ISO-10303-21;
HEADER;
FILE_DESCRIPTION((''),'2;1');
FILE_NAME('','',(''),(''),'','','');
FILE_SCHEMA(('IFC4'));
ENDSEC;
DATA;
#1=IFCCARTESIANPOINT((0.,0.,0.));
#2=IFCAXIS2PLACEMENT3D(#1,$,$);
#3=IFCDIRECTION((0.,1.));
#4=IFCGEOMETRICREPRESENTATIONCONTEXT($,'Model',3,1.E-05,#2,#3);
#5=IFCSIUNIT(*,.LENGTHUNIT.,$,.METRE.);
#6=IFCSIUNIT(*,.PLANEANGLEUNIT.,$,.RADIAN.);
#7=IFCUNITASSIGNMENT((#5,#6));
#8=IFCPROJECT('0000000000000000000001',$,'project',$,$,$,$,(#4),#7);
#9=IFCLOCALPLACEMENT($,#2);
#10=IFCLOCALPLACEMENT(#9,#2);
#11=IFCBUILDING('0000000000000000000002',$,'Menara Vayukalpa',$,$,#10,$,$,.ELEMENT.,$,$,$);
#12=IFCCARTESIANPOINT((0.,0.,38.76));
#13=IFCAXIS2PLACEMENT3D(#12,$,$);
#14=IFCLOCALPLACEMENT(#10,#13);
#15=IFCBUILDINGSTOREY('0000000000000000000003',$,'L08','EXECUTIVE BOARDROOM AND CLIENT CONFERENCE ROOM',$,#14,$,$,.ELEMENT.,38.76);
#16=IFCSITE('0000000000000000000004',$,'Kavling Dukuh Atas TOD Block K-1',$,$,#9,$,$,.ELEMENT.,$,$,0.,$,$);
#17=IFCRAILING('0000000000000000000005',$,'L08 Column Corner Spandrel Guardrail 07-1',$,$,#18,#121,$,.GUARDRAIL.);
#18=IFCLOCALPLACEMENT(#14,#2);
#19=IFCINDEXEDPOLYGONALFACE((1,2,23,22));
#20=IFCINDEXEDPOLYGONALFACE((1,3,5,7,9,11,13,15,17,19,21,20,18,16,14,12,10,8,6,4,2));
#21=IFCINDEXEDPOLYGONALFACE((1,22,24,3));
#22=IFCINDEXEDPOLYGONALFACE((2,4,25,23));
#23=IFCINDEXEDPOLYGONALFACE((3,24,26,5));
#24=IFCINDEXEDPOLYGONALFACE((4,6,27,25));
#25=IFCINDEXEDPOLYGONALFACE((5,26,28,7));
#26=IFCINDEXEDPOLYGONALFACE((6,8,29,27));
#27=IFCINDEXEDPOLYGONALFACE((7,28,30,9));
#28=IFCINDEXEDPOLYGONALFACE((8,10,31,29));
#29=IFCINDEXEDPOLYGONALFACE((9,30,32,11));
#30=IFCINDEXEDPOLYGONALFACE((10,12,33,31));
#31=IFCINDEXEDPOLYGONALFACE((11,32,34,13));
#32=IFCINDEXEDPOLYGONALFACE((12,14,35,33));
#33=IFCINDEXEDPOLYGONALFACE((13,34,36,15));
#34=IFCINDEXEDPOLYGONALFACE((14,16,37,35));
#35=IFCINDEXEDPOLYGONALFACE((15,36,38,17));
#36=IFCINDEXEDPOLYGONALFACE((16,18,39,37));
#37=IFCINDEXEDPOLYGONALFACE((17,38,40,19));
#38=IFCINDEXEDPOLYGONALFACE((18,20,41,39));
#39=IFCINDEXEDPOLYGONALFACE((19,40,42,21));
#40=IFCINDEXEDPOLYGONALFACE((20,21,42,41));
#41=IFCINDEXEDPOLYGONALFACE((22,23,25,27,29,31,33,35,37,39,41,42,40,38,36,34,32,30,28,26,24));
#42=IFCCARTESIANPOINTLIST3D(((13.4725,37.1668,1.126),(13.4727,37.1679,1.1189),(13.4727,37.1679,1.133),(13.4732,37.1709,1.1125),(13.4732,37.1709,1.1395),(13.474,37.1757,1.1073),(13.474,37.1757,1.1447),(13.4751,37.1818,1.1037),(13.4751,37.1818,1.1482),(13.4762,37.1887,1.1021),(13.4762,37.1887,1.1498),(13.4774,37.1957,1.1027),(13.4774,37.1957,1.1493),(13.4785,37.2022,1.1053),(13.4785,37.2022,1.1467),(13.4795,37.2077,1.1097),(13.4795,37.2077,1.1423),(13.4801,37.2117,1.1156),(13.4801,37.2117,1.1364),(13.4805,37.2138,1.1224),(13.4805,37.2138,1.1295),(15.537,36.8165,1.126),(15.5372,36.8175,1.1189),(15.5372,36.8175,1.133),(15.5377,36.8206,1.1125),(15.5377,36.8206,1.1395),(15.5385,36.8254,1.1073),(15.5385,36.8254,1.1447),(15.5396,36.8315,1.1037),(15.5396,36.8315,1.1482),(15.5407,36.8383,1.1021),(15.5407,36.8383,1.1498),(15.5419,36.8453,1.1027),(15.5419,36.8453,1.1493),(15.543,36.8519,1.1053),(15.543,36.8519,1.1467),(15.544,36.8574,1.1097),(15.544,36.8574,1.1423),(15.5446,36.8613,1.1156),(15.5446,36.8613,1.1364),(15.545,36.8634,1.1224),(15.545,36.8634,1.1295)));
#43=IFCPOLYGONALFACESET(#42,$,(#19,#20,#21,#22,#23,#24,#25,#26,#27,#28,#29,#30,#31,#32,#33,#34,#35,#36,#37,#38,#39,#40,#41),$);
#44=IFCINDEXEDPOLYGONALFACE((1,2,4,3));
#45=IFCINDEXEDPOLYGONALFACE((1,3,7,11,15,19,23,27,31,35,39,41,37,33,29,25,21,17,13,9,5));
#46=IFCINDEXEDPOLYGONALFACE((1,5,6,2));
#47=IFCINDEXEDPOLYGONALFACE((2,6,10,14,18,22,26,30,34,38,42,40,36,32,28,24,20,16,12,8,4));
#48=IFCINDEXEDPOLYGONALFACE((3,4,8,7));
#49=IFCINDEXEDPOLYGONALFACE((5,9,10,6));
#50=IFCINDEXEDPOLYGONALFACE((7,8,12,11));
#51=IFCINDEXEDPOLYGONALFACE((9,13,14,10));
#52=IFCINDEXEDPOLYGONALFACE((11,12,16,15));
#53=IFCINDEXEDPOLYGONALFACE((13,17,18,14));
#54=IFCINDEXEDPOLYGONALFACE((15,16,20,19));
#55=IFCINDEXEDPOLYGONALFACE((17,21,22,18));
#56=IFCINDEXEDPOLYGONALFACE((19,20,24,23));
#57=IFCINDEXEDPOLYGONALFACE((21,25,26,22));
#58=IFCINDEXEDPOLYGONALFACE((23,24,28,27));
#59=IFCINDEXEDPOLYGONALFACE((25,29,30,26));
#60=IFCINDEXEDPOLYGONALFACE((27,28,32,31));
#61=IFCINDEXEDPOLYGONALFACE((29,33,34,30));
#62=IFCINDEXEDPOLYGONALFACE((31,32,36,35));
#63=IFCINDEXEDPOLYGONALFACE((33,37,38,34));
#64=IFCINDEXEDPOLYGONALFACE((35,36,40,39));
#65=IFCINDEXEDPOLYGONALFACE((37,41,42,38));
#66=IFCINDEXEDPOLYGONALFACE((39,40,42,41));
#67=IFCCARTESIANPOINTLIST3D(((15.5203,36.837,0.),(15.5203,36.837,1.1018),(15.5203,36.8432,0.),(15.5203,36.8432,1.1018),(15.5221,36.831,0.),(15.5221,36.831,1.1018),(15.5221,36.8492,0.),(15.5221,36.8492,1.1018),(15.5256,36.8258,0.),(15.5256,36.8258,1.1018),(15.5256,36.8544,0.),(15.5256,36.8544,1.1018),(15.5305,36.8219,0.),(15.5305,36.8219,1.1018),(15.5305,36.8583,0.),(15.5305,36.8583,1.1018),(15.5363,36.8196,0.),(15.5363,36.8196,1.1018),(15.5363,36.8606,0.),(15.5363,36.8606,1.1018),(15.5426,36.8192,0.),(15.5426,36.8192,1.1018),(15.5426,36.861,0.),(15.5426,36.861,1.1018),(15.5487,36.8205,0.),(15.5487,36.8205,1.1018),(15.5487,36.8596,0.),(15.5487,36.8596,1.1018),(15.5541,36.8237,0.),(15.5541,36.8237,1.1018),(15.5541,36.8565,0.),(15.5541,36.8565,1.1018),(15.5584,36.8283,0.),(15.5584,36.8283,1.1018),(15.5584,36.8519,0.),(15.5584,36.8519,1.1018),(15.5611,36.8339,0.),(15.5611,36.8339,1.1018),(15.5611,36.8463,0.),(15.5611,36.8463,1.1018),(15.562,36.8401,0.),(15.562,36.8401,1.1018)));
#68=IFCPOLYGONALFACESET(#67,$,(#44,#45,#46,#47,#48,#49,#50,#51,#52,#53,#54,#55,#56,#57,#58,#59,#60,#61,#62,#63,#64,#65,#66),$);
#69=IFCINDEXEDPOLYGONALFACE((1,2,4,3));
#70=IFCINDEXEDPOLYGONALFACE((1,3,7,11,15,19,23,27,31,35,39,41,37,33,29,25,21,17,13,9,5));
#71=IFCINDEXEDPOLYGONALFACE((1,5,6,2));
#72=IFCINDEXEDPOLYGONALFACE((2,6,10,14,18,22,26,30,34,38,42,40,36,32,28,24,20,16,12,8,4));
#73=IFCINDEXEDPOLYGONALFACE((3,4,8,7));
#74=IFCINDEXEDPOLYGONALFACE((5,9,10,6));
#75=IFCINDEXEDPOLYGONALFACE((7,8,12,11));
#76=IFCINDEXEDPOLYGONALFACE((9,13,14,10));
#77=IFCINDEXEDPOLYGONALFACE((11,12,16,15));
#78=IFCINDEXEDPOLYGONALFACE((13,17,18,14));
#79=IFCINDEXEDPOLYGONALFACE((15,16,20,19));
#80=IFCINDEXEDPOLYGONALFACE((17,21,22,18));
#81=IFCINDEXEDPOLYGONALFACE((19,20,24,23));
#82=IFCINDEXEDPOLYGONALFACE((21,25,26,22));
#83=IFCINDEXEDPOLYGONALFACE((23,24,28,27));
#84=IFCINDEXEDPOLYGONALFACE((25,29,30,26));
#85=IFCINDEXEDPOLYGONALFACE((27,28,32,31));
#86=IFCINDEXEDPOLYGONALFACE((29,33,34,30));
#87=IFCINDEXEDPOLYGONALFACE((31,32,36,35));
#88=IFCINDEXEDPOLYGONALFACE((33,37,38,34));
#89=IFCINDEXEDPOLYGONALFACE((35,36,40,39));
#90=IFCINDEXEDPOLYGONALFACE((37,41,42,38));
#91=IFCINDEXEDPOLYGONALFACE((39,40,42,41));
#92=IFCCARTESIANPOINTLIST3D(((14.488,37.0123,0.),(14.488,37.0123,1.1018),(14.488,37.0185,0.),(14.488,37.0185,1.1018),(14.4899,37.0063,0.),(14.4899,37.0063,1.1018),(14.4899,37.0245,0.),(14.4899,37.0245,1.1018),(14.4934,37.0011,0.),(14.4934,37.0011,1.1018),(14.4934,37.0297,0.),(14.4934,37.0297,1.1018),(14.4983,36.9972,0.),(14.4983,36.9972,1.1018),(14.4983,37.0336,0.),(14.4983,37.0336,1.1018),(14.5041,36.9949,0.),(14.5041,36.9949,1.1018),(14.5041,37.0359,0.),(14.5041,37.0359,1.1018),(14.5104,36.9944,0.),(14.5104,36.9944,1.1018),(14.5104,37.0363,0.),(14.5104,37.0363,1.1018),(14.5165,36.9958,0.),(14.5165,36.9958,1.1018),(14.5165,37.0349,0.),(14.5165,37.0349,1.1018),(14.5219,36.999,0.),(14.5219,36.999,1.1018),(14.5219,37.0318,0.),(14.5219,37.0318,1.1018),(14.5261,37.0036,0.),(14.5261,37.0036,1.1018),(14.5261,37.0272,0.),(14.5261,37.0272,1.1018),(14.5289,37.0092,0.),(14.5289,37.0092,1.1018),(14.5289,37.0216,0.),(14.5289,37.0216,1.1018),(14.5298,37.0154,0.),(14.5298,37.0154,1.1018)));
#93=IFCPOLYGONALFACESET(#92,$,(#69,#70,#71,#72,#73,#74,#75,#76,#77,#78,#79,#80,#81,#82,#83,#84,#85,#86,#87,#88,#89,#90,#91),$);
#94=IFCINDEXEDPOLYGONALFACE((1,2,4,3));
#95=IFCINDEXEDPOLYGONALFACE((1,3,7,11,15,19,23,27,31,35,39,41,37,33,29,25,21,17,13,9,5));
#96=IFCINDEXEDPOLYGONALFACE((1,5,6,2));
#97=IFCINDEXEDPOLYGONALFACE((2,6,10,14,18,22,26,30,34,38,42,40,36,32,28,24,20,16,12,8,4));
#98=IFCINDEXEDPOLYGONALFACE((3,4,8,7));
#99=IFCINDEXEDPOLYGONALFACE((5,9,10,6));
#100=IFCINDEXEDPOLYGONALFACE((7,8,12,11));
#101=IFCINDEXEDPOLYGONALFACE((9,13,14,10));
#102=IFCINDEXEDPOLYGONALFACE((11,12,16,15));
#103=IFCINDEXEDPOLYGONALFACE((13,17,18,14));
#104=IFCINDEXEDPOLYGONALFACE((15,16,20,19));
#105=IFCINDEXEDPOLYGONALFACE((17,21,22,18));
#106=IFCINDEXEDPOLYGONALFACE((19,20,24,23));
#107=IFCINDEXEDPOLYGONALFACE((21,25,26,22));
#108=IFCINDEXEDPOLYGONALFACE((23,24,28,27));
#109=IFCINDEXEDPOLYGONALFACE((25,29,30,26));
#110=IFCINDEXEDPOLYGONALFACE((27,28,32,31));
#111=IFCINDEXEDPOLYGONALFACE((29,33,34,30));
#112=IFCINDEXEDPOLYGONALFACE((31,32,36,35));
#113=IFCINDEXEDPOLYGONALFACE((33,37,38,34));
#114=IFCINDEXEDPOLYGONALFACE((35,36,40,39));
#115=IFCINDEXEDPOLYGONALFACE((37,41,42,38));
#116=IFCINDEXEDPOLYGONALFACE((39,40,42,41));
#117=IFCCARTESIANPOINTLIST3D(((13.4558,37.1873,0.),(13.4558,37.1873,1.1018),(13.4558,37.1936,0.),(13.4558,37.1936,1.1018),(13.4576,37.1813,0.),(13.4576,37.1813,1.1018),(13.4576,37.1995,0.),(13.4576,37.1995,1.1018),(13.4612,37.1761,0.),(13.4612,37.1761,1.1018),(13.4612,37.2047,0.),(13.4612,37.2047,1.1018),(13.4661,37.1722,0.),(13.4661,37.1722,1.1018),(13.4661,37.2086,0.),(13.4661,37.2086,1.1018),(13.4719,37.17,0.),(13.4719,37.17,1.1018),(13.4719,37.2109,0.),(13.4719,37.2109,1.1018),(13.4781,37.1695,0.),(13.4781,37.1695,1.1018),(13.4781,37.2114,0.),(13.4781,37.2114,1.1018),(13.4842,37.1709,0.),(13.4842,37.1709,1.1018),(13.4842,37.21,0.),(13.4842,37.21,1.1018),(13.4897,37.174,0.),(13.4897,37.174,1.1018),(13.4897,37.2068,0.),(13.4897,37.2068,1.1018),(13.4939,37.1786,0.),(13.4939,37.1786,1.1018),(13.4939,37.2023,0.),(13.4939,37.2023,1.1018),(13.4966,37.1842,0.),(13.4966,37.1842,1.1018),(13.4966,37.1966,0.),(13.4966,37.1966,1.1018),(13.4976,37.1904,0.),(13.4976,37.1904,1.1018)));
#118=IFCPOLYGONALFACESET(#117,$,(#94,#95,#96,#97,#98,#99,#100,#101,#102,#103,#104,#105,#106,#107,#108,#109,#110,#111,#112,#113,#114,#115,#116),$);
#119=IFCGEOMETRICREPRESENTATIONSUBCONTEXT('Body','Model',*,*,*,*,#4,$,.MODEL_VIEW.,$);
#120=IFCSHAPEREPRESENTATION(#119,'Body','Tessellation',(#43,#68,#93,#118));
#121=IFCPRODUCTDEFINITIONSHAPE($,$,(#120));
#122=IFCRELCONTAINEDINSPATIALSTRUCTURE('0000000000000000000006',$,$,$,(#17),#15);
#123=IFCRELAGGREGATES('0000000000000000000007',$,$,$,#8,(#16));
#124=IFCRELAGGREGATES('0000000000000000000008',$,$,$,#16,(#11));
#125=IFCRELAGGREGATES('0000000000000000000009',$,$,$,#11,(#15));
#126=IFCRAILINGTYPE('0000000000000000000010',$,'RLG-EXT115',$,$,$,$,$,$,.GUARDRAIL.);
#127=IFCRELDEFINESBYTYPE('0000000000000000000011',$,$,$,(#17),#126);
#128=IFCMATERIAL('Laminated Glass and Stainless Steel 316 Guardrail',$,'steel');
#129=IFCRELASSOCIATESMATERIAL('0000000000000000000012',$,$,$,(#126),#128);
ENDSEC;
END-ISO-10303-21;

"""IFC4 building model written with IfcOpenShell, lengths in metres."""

from ifc_helpers import new_model, si_unit, direction, frame, origin, origin_2d, place, context, subcontext, project, spatial, circle, extrude, material, type_object, element, save


model = new_model("IFC4")

# Units and contexts
model_context = context("Model", 3, precision=1e-05, world=origin(), true_north=direction((0.0, 1.0)))
body_context = subcontext(model_context, "Body", "Model", "MODEL_VIEW")
ifc_project = project(units=[si_unit("LENGTHUNIT", "METRE"), si_unit("PLANEANGLEUNIT", "RADIAN")], contexts=[model_context])

# Site, building, storey
site_placement = place(None, origin())
site = spatial("IfcSite", under=ifc_project, at=site_placement, Name="Kavling Dukuh Atas TOD Block K-1", CompositionType="ELEMENT", RefElevation=0.0)
building_placement = place(site_placement, origin())
building = spatial("IfcBuilding", under=site, at=building_placement, Name="Menara Vayukalpa", CompositionType="ELEMENT")
storey_placement = place(building_placement, frame((0.0, 0.0, 38.76)))
storey = spatial("IfcBuildingStorey", under=building, at=storey_placement, Name="L08", Description="EXECUTIVE BOARDROOM AND CLIENT CONFERENCE ROOM", CompositionType="ELEMENT", Elevation=38.76)

# Railing
ifc_material_1 = material(Name="Laminated Glass and Stainless Steel 316 Guardrail", Category="steel")
railing_type = type_object("IfcRailingType", Name="RLG-EXT115", PredefinedType="GUARDRAIL", material=ifc_material_1)
railing_1_placement = place(storey_placement, frame((15.541, 36.8401, 0.0)))
element("IfcRailing", 1, at=railing_1_placement, inside=storey, type_object=railing_type, Name="L08 Column Corner Spandrel Guardrail 07-1", PredefinedType="GUARDRAIL", context=body_context, shape_type="SweptSolid", body=[
    extrude(circle(Radius=0.0239, at=origin_2d()), frame((0.0, 0.0, 1.126), z_axis=(-0.985904, 0.16731, 0.0), x_axis=(-0.16731, -0.985904, 0.0)), (0.0, 0.0, 1.0), 2.094),
    extrude(circle(Radius=0.021, at=origin_2d()), origin(), (0.0, 0.0, 1.0), 1.1018),
    extrude(circle(Radius=0.021, at=origin_2d()), frame((-1.0322, 0.1753, 0.0)), (0.0, 0.0, 1.0), 1.1018),
    extrude(circle(Radius=0.021, at=origin_2d()), frame((-2.0645, 0.3503, 0.0)), (0.0, 0.0, 1.0), 1.1018),
])

save(model, "model.ifc")
